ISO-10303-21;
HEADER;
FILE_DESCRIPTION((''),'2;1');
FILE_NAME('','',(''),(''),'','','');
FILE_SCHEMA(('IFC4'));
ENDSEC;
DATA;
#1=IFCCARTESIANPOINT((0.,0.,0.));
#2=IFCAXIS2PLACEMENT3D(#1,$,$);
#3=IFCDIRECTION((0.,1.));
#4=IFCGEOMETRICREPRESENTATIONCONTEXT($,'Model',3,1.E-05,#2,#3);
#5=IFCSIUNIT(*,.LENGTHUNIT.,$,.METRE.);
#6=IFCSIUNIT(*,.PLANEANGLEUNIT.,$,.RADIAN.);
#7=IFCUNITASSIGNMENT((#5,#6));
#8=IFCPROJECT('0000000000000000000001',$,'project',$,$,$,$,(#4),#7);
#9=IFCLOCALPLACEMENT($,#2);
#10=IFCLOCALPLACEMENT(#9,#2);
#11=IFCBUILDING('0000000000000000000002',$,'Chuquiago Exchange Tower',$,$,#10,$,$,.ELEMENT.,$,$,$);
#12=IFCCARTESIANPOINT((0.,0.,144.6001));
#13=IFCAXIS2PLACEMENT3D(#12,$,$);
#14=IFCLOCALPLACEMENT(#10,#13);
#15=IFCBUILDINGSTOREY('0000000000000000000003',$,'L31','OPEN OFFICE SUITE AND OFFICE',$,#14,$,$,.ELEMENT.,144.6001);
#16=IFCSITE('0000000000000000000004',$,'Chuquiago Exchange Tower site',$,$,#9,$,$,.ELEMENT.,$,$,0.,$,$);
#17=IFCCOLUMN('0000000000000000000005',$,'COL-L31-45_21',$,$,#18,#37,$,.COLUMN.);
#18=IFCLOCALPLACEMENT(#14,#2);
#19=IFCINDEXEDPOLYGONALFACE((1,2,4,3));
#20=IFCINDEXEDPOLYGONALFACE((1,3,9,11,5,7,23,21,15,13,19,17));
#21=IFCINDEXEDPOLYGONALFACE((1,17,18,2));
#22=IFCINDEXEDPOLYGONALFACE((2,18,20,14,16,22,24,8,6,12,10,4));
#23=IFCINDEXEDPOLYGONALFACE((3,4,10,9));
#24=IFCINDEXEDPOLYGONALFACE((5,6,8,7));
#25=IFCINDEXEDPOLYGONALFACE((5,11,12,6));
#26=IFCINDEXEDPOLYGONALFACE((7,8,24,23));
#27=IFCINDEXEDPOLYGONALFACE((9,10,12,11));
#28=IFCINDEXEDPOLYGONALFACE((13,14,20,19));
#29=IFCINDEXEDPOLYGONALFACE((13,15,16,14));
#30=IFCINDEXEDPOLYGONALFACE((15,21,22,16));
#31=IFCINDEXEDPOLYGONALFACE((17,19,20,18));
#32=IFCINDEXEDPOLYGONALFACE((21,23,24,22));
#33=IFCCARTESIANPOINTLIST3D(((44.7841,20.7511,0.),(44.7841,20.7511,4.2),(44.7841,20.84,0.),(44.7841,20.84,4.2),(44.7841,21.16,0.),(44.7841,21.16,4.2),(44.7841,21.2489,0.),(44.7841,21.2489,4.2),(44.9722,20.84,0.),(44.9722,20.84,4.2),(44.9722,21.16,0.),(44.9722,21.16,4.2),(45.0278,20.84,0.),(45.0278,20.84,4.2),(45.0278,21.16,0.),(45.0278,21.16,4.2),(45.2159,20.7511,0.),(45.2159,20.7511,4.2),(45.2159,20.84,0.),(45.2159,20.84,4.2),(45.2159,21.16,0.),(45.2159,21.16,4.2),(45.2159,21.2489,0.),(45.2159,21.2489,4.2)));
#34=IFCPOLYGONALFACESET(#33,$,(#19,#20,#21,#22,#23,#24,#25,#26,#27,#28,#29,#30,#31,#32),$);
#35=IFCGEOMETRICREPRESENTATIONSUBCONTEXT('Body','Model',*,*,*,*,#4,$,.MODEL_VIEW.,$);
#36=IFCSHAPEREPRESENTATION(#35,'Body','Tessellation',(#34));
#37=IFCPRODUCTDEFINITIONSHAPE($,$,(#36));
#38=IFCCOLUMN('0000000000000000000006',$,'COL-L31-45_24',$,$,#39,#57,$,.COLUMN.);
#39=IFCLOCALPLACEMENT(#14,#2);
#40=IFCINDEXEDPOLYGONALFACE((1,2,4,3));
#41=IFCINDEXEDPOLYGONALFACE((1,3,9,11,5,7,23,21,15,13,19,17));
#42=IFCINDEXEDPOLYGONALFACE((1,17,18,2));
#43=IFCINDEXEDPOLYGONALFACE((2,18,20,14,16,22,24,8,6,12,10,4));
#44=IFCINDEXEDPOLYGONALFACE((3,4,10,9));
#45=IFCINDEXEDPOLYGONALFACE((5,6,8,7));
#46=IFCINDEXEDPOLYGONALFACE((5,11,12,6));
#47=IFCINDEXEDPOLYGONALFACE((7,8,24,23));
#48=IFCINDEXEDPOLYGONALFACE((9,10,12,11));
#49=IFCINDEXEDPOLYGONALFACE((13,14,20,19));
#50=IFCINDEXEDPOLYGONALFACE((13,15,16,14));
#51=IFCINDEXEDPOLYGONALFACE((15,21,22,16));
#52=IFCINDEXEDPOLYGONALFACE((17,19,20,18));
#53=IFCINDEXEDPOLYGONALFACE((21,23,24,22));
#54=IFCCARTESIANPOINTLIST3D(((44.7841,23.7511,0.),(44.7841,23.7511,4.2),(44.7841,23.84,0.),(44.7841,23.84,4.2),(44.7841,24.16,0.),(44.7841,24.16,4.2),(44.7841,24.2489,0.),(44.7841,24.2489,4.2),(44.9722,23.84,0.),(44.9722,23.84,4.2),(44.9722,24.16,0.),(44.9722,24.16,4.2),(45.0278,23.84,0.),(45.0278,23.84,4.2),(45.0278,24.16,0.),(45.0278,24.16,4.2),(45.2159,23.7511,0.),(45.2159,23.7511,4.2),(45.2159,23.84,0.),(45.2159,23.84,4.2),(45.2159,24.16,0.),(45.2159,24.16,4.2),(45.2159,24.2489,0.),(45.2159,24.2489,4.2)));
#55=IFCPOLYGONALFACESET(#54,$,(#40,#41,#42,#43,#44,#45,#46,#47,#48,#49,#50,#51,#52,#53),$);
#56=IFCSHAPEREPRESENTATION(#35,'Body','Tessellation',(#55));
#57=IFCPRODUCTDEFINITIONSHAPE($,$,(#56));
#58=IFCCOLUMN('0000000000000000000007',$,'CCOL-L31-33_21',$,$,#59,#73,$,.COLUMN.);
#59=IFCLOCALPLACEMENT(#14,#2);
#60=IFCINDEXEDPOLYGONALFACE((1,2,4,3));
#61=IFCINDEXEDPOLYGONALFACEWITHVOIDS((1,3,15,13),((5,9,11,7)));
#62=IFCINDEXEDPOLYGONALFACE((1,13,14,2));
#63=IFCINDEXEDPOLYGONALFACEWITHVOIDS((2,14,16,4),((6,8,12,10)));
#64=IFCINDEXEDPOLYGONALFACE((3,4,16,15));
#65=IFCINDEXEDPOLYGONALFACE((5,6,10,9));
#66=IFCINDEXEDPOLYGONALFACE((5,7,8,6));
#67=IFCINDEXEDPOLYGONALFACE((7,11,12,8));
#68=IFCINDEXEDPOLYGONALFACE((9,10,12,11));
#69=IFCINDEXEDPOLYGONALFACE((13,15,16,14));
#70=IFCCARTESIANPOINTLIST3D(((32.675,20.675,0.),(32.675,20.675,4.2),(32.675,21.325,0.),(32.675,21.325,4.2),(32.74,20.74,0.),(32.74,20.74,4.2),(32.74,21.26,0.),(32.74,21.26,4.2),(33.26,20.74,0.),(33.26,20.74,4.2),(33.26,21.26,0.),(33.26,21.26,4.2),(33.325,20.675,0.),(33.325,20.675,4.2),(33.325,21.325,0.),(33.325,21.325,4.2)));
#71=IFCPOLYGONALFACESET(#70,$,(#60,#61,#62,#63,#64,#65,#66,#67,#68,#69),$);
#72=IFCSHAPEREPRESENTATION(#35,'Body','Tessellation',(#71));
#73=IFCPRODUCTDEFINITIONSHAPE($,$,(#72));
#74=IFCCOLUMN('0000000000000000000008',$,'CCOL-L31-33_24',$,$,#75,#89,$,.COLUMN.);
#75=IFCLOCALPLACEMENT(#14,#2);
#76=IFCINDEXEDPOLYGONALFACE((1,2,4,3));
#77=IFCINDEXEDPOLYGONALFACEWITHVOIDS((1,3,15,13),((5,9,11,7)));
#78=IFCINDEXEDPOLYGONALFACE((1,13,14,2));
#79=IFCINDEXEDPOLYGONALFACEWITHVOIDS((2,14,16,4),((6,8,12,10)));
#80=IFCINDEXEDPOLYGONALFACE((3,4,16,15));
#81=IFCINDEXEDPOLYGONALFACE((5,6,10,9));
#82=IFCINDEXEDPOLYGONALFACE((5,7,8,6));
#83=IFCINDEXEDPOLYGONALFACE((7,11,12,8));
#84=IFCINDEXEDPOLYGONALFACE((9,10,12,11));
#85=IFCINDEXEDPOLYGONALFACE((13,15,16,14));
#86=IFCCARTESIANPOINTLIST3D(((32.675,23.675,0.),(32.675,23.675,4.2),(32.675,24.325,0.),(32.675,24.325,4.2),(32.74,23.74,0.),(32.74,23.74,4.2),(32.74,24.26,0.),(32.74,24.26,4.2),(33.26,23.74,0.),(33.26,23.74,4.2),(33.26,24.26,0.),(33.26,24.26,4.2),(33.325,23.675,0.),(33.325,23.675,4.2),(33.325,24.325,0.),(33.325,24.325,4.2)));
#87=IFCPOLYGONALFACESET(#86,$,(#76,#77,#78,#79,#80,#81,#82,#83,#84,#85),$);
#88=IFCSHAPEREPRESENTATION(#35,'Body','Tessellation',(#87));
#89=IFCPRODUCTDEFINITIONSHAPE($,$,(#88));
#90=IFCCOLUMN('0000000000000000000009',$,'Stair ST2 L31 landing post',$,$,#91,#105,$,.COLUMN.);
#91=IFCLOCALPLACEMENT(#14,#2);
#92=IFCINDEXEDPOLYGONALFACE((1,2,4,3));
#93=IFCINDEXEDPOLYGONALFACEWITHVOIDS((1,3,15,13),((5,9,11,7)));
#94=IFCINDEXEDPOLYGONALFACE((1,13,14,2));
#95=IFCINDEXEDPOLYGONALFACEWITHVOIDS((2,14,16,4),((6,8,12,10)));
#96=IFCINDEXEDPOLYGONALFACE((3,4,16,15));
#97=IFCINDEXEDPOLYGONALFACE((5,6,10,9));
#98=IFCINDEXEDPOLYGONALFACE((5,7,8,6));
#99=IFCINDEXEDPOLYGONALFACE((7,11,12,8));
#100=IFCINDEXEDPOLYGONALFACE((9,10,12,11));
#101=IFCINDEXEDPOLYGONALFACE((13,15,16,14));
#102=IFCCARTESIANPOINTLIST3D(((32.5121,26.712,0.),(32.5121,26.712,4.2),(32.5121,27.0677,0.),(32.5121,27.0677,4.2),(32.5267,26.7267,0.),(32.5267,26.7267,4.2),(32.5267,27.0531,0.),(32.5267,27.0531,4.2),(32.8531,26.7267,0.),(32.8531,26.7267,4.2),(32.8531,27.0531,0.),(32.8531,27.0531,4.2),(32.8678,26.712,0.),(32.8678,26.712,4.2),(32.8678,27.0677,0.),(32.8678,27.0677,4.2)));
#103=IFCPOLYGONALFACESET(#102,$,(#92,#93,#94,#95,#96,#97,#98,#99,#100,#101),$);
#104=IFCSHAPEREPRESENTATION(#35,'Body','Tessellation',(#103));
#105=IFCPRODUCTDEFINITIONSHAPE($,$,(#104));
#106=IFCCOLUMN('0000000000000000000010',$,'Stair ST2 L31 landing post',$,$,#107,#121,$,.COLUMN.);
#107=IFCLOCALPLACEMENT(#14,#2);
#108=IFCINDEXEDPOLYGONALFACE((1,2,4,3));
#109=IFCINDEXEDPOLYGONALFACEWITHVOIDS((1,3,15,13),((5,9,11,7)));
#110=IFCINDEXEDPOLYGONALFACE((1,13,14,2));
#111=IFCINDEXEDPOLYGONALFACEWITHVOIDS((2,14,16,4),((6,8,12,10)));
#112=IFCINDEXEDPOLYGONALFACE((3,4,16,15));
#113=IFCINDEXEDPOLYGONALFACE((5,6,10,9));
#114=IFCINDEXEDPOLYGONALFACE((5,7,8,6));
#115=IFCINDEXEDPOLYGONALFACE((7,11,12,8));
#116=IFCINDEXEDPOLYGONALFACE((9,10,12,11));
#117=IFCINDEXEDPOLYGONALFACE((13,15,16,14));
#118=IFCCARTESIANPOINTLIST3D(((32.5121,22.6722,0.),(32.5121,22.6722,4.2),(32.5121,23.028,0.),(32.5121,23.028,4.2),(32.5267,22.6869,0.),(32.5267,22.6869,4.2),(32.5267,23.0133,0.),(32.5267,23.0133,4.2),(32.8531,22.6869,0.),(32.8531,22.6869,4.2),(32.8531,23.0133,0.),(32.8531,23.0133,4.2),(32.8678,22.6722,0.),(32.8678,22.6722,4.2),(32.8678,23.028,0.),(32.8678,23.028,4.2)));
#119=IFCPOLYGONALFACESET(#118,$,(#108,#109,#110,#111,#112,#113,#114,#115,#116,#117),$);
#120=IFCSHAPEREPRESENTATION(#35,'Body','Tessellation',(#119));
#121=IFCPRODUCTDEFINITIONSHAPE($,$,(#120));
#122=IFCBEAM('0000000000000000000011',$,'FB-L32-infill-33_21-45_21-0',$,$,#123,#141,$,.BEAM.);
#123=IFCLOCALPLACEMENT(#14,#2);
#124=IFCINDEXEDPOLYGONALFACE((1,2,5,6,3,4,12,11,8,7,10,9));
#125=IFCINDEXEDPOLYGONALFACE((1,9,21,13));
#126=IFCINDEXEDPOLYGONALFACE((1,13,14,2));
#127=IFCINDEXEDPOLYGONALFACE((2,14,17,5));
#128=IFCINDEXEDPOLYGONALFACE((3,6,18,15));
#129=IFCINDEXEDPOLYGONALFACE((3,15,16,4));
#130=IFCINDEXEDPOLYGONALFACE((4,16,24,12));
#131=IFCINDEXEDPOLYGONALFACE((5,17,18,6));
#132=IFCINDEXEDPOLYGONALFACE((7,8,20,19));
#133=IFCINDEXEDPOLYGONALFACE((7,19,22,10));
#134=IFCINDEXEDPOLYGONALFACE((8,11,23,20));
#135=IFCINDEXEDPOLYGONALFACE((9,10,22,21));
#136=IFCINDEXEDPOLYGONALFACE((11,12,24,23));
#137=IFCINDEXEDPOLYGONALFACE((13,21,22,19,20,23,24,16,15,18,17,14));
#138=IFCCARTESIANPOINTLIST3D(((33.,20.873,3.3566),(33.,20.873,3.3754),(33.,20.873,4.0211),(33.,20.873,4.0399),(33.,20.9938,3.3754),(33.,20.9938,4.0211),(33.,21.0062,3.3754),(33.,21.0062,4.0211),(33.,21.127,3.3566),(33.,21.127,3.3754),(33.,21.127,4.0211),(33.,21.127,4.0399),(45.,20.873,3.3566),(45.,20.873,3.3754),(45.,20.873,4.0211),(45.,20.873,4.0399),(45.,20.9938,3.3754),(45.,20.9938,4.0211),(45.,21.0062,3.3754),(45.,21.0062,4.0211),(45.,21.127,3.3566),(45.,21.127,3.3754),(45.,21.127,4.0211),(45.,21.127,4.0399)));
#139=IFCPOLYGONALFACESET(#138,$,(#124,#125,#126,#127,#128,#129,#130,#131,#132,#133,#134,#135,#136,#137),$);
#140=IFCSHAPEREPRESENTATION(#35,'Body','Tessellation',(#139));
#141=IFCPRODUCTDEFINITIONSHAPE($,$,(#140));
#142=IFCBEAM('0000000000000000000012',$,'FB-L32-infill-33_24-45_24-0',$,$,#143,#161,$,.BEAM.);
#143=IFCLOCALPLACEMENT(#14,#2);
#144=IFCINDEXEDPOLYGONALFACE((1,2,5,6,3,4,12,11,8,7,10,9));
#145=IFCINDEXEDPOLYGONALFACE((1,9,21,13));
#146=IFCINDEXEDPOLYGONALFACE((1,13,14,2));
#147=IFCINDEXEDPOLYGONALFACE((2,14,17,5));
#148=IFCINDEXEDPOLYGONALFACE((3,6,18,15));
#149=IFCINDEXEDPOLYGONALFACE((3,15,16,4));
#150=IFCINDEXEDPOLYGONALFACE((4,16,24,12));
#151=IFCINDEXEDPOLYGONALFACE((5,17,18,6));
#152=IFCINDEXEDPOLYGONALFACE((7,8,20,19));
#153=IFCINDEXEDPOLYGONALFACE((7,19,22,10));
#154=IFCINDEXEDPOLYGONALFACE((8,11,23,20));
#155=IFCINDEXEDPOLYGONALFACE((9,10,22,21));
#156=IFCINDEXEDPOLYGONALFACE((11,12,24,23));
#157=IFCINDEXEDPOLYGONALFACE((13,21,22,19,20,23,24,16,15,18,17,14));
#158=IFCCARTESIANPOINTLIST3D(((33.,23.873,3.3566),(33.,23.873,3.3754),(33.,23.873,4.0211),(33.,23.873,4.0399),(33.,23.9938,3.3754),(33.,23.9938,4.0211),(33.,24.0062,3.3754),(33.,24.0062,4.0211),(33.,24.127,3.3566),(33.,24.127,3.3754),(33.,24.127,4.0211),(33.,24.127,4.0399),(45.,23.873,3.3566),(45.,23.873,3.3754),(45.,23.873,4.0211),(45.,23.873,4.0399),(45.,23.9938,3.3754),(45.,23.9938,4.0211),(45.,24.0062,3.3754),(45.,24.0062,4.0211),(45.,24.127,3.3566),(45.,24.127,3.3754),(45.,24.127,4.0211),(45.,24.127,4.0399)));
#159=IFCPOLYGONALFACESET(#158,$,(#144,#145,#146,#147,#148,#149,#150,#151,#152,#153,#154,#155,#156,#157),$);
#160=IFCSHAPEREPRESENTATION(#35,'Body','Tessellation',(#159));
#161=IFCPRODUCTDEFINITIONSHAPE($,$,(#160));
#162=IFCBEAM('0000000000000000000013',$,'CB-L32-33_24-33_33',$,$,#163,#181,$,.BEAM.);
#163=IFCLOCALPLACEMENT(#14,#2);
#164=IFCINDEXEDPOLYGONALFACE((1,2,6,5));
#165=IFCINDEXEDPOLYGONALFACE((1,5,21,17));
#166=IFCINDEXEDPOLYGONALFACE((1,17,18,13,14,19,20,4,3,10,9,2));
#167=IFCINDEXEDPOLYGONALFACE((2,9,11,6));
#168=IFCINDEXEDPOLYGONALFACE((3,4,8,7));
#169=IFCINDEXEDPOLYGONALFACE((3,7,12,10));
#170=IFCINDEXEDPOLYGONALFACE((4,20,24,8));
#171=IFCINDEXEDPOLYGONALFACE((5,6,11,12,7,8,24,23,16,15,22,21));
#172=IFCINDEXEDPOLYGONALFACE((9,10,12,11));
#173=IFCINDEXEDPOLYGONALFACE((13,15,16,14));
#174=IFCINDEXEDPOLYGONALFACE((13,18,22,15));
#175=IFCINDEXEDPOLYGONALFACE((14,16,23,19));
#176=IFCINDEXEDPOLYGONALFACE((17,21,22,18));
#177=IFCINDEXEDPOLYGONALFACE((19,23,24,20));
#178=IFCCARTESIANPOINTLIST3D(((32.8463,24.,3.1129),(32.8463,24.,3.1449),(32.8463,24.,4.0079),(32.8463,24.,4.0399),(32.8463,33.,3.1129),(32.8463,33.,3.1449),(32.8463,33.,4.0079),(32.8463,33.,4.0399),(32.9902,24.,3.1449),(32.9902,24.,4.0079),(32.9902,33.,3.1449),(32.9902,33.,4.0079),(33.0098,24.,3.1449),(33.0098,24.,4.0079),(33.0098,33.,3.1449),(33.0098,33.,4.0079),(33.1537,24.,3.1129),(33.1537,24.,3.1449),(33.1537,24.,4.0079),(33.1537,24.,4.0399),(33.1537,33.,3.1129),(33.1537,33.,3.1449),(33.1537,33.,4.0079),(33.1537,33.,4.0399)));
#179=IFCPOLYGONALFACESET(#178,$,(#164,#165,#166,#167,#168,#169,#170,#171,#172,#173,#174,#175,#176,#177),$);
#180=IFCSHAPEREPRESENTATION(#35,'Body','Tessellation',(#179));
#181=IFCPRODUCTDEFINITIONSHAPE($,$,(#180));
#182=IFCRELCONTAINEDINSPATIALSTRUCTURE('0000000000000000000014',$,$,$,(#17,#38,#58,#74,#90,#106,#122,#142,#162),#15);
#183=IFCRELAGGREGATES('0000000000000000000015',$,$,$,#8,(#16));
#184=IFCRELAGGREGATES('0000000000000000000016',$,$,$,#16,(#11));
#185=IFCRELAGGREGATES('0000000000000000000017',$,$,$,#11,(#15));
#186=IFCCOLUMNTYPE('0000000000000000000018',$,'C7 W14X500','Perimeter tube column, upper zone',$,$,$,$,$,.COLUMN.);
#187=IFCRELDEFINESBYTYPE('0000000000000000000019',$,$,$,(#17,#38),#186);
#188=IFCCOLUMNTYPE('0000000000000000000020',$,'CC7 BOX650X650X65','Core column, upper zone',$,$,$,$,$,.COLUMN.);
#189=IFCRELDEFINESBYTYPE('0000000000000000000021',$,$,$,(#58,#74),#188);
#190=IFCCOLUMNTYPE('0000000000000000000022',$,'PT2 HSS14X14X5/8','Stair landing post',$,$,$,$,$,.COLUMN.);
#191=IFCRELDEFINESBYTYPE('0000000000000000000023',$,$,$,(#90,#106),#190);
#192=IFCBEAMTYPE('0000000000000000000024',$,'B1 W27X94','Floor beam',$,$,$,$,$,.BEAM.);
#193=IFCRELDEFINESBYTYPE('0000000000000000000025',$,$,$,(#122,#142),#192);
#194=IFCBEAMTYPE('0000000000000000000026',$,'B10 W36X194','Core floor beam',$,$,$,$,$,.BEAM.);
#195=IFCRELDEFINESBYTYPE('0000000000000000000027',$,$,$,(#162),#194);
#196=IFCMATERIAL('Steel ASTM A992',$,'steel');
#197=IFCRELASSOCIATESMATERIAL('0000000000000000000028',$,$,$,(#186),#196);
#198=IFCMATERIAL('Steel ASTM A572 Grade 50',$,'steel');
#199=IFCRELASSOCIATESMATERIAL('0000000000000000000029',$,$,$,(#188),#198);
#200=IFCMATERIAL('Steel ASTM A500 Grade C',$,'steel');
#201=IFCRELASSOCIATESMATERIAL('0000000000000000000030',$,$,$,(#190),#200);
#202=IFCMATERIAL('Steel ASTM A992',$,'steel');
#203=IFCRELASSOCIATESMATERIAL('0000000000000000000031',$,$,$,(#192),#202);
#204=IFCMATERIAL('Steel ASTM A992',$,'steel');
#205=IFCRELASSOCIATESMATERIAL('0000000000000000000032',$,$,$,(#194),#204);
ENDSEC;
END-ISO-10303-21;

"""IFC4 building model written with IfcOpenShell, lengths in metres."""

from ifc_helpers import new_model, si_unit, direction, frame, origin, origin_2d, place, context, subcontext, project, spatial, hollow_rectangle, i_section, extrude, material, material_profile, profile_set, type_object, element, save


model = new_model("IFC4")

# Units and contexts
model_context = context("Model", 3, precision=1e-05, world=origin(), true_north=direction((0.0, 1.0)))
body_context = subcontext(model_context, "Body", "Model", "MODEL_VIEW")
ifc_project = project(units=[si_unit("LENGTHUNIT", "METRE"), si_unit("PLANEANGLEUNIT", "RADIAN")], contexts=[model_context])

# Site, building, storey
site_placement = place(None, origin())
site = spatial("IfcSite", under=ifc_project, at=site_placement, Name="Chuquiago Exchange Tower site", CompositionType="ELEMENT", RefElevation=0.0)
building_placement = place(site_placement, origin())
building = spatial("IfcBuilding", under=site, at=building_placement, Name="Chuquiago Exchange Tower", CompositionType="ELEMENT")
storey_placement = place(building_placement, frame((0.0, 0.0, 144.6001)))
storey = spatial("IfcBuildingStorey", under=building, at=storey_placement, Name="L31", Description="OPEN OFFICE SUITE AND OFFICE", CompositionType="ELEMENT", Elevation=144.6001)

# Columns
ifc_material_1 = material(Name="Steel ASTM A992", Category="steel")
ifc_material_profile_1 = material_profile(ifc_material_1, i_section(OverallWidth=0.4319, OverallDepth=0.4978, WebThickness=0.0557, FlangeThickness=0.0889, at=origin_2d()), Name="W14X500")
ifc_profile_set_1 = profile_set([ifc_material_profile_1], Name="Steel ASTM A992")
column_type_1 = type_object("IfcColumnType", Name="C7 W14X500", Description="Perimeter tube column, upper zone", PredefinedType="COLUMN", material=ifc_profile_set_1)
for number, where, z_axis, x_axis, name in (
    (1, (45.0, 21.0, 0.0), (0.0, 0.0, 1.0), (1.0, 0.0, 0.0), "COL-L31-45_21"),
    (2, (45.0, 24.0, 0.0), (0.0, 0.0, 1.0), (1.0, 0.0, 0.0), "COL-L31-45_24"),
):
    element("IfcColumn", number, at=place(storey_placement, frame(where, z_axis=z_axis, x_axis=x_axis)), inside=storey, type_object=column_type_1, Name=name, PredefinedType="COLUMN", context=body_context, shape_type="SweptSolid", body=[
        extrude(i_section(OverallWidth=0.4319, OverallDepth=0.4978, WebThickness=0.0557, FlangeThickness=0.0889, at=origin_2d()), origin(), (0.0, 0.0, 1.0), 4.2),
    ])
ifc_material_2 = material(Name="Steel ASTM A572 Grade 50", Category="steel")
ifc_material_profile_2 = material_profile(ifc_material_2, hollow_rectangle(XDim=0.6499, YDim=0.6499, WallThickness=0.0649, at=origin_2d()), Name="BOX650X650X65")
ifc_profile_set_2 = profile_set([ifc_material_profile_2], Name="Steel ASTM A572 Grade 50")
column_type_2 = type_object("IfcColumnType", Name="CC7 BOX650X650X65", Description="Core column, upper zone", PredefinedType="COLUMN", material=ifc_profile_set_2)
for number, where, z_axis, x_axis, name in (
    (3, (33.0, 21.0, 0.0), (0.0, 0.0, 1.0), (1.0, 0.0, 0.0), "CCOL-L31-33_21"),
    (4, (33.0, 24.0, 0.0), (0.0, 0.0, 1.0), (1.0, 0.0, 0.0), "CCOL-L31-33_24"),
):
    element("IfcColumn", number, at=place(storey_placement, frame(where, z_axis=z_axis, x_axis=x_axis)), inside=storey, type_object=column_type_2, Name=name, PredefinedType="COLUMN", context=body_context, shape_type="SweptSolid", body=[
        extrude(hollow_rectangle(XDim=0.6499, YDim=0.6499, WallThickness=0.0649, at=origin_2d()), origin(), (0.0, 0.0, 1.0), 4.2),
    ])
ifc_material_3 = material(Name="Steel ASTM A500 Grade C", Category="steel")
ifc_material_profile_3 = material_profile(ifc_material_3, hollow_rectangle(XDim=0.3557, YDim=0.3557, WallThickness=0.0146, at=origin_2d()), Name="HSS14X14X5/8")
ifc_profile_set_3 = profile_set([ifc_material_profile_3], Name="Steel ASTM A500 Grade C")
column_type_3 = type_object("IfcColumnType", Name="PT2 HSS14X14X5/8", Description="Stair landing post", PredefinedType="COLUMN", material=ifc_profile_set_3)
for number, where, z_axis, x_axis, name in (
    (5, (32.6899, 26.8899, 0.0), (0.0, 0.0, 1.0), (1.0, 0.0, 0.0), "Stair ST2 L31 landing post"),
    (6, (32.6899, 22.8501, 0.0), (0.0, 0.0, 1.0), (1.0, 0.0, 0.0), "Stair ST2 L31 landing post"),
):
    element("IfcColumn", number, at=place(storey_placement, frame(where, z_axis=z_axis, x_axis=x_axis)), inside=storey, type_object=column_type_3, Name=name, PredefinedType="COLUMN", context=body_context, shape_type="SweptSolid", body=[
        extrude(hollow_rectangle(XDim=0.3557, YDim=0.3557, WallThickness=0.0146, at=origin_2d()), origin(), (0.0, 0.0, 1.0), 4.2),
    ])

# Beams
ifc_material_4 = material(Name="Steel ASTM A992", Category="steel")
ifc_material_profile_4 = material_profile(ifc_material_4, i_section(OverallWidth=0.2539, OverallDepth=0.6833, WebThickness=0.0125, FlangeThickness=0.0188, at=origin_2d()), Name="W27X94")
ifc_profile_set_4 = profile_set([ifc_material_profile_4], Name="Steel ASTM A992")
beam_type_1 = type_object("IfcBeamType", Name="B1 W27X94", Description="Floor beam", PredefinedType="BEAM", material=ifc_profile_set_4)
for number, where, z_axis, x_axis, name in (
    (7, (33.0, 21.0, 3.6982), (1.0, 0.0, 0.0), (0.0, 1.0, 0.0), "FB-L32-infill-33_21-45_21-0"),
    (8, (33.0, 24.0, 3.6982), (1.0, 0.0, 0.0), (0.0, 1.0, 0.0), "FB-L32-infill-33_24-45_24-0"),
):
    element("IfcBeam", number, at=place(storey_placement, frame(where, z_axis=z_axis, x_axis=x_axis)), inside=storey, type_object=beam_type_1, Name=name, PredefinedType="BEAM", context=body_context, shape_type="SweptSolid", body=[
        extrude(i_section(OverallWidth=0.2539, OverallDepth=0.6833, WebThickness=0.0125, FlangeThickness=0.0188, at=origin_2d()), origin(), (0.0, 0.0, 1.0), 12.0),
    ])
ifc_material_5 = material(Name="Steel ASTM A992", Category="steel")
ifc_material_profile_5 = material_profile(ifc_material_5, i_section(OverallWidth=0.3074, OverallDepth=0.927, WebThickness=0.0195, FlangeThickness=0.032, at=origin_2d()), Name="W36X194")
ifc_profile_set_5 = profile_set([ifc_material_profile_5], Name="Steel ASTM A992")
beam_type_2 = type_object("IfcBeamType", Name="B10 W36X194", Description="Core floor beam", PredefinedType="BEAM", material=ifc_profile_set_5)
beam_1_placement = place(storey_placement, frame((33.0, 24.0, 3.5764), z_axis=(0.0, 1.0, 0.0), x_axis=(-1.0, 0.0, 0.0)))
element("IfcBeam", 9, at=beam_1_placement, inside=storey, type_object=beam_type_2, Name="CB-L32-33_24-33_33", PredefinedType="BEAM", context=body_context, shape_type="SweptSolid", body=[
    extrude(i_section(OverallWidth=0.3074, OverallDepth=0.927, WebThickness=0.0195, FlangeThickness=0.032, at=origin_2d()), origin(), (0.0, 0.0, 1.0), 9.0),
])

save(model, "model.ifc")
